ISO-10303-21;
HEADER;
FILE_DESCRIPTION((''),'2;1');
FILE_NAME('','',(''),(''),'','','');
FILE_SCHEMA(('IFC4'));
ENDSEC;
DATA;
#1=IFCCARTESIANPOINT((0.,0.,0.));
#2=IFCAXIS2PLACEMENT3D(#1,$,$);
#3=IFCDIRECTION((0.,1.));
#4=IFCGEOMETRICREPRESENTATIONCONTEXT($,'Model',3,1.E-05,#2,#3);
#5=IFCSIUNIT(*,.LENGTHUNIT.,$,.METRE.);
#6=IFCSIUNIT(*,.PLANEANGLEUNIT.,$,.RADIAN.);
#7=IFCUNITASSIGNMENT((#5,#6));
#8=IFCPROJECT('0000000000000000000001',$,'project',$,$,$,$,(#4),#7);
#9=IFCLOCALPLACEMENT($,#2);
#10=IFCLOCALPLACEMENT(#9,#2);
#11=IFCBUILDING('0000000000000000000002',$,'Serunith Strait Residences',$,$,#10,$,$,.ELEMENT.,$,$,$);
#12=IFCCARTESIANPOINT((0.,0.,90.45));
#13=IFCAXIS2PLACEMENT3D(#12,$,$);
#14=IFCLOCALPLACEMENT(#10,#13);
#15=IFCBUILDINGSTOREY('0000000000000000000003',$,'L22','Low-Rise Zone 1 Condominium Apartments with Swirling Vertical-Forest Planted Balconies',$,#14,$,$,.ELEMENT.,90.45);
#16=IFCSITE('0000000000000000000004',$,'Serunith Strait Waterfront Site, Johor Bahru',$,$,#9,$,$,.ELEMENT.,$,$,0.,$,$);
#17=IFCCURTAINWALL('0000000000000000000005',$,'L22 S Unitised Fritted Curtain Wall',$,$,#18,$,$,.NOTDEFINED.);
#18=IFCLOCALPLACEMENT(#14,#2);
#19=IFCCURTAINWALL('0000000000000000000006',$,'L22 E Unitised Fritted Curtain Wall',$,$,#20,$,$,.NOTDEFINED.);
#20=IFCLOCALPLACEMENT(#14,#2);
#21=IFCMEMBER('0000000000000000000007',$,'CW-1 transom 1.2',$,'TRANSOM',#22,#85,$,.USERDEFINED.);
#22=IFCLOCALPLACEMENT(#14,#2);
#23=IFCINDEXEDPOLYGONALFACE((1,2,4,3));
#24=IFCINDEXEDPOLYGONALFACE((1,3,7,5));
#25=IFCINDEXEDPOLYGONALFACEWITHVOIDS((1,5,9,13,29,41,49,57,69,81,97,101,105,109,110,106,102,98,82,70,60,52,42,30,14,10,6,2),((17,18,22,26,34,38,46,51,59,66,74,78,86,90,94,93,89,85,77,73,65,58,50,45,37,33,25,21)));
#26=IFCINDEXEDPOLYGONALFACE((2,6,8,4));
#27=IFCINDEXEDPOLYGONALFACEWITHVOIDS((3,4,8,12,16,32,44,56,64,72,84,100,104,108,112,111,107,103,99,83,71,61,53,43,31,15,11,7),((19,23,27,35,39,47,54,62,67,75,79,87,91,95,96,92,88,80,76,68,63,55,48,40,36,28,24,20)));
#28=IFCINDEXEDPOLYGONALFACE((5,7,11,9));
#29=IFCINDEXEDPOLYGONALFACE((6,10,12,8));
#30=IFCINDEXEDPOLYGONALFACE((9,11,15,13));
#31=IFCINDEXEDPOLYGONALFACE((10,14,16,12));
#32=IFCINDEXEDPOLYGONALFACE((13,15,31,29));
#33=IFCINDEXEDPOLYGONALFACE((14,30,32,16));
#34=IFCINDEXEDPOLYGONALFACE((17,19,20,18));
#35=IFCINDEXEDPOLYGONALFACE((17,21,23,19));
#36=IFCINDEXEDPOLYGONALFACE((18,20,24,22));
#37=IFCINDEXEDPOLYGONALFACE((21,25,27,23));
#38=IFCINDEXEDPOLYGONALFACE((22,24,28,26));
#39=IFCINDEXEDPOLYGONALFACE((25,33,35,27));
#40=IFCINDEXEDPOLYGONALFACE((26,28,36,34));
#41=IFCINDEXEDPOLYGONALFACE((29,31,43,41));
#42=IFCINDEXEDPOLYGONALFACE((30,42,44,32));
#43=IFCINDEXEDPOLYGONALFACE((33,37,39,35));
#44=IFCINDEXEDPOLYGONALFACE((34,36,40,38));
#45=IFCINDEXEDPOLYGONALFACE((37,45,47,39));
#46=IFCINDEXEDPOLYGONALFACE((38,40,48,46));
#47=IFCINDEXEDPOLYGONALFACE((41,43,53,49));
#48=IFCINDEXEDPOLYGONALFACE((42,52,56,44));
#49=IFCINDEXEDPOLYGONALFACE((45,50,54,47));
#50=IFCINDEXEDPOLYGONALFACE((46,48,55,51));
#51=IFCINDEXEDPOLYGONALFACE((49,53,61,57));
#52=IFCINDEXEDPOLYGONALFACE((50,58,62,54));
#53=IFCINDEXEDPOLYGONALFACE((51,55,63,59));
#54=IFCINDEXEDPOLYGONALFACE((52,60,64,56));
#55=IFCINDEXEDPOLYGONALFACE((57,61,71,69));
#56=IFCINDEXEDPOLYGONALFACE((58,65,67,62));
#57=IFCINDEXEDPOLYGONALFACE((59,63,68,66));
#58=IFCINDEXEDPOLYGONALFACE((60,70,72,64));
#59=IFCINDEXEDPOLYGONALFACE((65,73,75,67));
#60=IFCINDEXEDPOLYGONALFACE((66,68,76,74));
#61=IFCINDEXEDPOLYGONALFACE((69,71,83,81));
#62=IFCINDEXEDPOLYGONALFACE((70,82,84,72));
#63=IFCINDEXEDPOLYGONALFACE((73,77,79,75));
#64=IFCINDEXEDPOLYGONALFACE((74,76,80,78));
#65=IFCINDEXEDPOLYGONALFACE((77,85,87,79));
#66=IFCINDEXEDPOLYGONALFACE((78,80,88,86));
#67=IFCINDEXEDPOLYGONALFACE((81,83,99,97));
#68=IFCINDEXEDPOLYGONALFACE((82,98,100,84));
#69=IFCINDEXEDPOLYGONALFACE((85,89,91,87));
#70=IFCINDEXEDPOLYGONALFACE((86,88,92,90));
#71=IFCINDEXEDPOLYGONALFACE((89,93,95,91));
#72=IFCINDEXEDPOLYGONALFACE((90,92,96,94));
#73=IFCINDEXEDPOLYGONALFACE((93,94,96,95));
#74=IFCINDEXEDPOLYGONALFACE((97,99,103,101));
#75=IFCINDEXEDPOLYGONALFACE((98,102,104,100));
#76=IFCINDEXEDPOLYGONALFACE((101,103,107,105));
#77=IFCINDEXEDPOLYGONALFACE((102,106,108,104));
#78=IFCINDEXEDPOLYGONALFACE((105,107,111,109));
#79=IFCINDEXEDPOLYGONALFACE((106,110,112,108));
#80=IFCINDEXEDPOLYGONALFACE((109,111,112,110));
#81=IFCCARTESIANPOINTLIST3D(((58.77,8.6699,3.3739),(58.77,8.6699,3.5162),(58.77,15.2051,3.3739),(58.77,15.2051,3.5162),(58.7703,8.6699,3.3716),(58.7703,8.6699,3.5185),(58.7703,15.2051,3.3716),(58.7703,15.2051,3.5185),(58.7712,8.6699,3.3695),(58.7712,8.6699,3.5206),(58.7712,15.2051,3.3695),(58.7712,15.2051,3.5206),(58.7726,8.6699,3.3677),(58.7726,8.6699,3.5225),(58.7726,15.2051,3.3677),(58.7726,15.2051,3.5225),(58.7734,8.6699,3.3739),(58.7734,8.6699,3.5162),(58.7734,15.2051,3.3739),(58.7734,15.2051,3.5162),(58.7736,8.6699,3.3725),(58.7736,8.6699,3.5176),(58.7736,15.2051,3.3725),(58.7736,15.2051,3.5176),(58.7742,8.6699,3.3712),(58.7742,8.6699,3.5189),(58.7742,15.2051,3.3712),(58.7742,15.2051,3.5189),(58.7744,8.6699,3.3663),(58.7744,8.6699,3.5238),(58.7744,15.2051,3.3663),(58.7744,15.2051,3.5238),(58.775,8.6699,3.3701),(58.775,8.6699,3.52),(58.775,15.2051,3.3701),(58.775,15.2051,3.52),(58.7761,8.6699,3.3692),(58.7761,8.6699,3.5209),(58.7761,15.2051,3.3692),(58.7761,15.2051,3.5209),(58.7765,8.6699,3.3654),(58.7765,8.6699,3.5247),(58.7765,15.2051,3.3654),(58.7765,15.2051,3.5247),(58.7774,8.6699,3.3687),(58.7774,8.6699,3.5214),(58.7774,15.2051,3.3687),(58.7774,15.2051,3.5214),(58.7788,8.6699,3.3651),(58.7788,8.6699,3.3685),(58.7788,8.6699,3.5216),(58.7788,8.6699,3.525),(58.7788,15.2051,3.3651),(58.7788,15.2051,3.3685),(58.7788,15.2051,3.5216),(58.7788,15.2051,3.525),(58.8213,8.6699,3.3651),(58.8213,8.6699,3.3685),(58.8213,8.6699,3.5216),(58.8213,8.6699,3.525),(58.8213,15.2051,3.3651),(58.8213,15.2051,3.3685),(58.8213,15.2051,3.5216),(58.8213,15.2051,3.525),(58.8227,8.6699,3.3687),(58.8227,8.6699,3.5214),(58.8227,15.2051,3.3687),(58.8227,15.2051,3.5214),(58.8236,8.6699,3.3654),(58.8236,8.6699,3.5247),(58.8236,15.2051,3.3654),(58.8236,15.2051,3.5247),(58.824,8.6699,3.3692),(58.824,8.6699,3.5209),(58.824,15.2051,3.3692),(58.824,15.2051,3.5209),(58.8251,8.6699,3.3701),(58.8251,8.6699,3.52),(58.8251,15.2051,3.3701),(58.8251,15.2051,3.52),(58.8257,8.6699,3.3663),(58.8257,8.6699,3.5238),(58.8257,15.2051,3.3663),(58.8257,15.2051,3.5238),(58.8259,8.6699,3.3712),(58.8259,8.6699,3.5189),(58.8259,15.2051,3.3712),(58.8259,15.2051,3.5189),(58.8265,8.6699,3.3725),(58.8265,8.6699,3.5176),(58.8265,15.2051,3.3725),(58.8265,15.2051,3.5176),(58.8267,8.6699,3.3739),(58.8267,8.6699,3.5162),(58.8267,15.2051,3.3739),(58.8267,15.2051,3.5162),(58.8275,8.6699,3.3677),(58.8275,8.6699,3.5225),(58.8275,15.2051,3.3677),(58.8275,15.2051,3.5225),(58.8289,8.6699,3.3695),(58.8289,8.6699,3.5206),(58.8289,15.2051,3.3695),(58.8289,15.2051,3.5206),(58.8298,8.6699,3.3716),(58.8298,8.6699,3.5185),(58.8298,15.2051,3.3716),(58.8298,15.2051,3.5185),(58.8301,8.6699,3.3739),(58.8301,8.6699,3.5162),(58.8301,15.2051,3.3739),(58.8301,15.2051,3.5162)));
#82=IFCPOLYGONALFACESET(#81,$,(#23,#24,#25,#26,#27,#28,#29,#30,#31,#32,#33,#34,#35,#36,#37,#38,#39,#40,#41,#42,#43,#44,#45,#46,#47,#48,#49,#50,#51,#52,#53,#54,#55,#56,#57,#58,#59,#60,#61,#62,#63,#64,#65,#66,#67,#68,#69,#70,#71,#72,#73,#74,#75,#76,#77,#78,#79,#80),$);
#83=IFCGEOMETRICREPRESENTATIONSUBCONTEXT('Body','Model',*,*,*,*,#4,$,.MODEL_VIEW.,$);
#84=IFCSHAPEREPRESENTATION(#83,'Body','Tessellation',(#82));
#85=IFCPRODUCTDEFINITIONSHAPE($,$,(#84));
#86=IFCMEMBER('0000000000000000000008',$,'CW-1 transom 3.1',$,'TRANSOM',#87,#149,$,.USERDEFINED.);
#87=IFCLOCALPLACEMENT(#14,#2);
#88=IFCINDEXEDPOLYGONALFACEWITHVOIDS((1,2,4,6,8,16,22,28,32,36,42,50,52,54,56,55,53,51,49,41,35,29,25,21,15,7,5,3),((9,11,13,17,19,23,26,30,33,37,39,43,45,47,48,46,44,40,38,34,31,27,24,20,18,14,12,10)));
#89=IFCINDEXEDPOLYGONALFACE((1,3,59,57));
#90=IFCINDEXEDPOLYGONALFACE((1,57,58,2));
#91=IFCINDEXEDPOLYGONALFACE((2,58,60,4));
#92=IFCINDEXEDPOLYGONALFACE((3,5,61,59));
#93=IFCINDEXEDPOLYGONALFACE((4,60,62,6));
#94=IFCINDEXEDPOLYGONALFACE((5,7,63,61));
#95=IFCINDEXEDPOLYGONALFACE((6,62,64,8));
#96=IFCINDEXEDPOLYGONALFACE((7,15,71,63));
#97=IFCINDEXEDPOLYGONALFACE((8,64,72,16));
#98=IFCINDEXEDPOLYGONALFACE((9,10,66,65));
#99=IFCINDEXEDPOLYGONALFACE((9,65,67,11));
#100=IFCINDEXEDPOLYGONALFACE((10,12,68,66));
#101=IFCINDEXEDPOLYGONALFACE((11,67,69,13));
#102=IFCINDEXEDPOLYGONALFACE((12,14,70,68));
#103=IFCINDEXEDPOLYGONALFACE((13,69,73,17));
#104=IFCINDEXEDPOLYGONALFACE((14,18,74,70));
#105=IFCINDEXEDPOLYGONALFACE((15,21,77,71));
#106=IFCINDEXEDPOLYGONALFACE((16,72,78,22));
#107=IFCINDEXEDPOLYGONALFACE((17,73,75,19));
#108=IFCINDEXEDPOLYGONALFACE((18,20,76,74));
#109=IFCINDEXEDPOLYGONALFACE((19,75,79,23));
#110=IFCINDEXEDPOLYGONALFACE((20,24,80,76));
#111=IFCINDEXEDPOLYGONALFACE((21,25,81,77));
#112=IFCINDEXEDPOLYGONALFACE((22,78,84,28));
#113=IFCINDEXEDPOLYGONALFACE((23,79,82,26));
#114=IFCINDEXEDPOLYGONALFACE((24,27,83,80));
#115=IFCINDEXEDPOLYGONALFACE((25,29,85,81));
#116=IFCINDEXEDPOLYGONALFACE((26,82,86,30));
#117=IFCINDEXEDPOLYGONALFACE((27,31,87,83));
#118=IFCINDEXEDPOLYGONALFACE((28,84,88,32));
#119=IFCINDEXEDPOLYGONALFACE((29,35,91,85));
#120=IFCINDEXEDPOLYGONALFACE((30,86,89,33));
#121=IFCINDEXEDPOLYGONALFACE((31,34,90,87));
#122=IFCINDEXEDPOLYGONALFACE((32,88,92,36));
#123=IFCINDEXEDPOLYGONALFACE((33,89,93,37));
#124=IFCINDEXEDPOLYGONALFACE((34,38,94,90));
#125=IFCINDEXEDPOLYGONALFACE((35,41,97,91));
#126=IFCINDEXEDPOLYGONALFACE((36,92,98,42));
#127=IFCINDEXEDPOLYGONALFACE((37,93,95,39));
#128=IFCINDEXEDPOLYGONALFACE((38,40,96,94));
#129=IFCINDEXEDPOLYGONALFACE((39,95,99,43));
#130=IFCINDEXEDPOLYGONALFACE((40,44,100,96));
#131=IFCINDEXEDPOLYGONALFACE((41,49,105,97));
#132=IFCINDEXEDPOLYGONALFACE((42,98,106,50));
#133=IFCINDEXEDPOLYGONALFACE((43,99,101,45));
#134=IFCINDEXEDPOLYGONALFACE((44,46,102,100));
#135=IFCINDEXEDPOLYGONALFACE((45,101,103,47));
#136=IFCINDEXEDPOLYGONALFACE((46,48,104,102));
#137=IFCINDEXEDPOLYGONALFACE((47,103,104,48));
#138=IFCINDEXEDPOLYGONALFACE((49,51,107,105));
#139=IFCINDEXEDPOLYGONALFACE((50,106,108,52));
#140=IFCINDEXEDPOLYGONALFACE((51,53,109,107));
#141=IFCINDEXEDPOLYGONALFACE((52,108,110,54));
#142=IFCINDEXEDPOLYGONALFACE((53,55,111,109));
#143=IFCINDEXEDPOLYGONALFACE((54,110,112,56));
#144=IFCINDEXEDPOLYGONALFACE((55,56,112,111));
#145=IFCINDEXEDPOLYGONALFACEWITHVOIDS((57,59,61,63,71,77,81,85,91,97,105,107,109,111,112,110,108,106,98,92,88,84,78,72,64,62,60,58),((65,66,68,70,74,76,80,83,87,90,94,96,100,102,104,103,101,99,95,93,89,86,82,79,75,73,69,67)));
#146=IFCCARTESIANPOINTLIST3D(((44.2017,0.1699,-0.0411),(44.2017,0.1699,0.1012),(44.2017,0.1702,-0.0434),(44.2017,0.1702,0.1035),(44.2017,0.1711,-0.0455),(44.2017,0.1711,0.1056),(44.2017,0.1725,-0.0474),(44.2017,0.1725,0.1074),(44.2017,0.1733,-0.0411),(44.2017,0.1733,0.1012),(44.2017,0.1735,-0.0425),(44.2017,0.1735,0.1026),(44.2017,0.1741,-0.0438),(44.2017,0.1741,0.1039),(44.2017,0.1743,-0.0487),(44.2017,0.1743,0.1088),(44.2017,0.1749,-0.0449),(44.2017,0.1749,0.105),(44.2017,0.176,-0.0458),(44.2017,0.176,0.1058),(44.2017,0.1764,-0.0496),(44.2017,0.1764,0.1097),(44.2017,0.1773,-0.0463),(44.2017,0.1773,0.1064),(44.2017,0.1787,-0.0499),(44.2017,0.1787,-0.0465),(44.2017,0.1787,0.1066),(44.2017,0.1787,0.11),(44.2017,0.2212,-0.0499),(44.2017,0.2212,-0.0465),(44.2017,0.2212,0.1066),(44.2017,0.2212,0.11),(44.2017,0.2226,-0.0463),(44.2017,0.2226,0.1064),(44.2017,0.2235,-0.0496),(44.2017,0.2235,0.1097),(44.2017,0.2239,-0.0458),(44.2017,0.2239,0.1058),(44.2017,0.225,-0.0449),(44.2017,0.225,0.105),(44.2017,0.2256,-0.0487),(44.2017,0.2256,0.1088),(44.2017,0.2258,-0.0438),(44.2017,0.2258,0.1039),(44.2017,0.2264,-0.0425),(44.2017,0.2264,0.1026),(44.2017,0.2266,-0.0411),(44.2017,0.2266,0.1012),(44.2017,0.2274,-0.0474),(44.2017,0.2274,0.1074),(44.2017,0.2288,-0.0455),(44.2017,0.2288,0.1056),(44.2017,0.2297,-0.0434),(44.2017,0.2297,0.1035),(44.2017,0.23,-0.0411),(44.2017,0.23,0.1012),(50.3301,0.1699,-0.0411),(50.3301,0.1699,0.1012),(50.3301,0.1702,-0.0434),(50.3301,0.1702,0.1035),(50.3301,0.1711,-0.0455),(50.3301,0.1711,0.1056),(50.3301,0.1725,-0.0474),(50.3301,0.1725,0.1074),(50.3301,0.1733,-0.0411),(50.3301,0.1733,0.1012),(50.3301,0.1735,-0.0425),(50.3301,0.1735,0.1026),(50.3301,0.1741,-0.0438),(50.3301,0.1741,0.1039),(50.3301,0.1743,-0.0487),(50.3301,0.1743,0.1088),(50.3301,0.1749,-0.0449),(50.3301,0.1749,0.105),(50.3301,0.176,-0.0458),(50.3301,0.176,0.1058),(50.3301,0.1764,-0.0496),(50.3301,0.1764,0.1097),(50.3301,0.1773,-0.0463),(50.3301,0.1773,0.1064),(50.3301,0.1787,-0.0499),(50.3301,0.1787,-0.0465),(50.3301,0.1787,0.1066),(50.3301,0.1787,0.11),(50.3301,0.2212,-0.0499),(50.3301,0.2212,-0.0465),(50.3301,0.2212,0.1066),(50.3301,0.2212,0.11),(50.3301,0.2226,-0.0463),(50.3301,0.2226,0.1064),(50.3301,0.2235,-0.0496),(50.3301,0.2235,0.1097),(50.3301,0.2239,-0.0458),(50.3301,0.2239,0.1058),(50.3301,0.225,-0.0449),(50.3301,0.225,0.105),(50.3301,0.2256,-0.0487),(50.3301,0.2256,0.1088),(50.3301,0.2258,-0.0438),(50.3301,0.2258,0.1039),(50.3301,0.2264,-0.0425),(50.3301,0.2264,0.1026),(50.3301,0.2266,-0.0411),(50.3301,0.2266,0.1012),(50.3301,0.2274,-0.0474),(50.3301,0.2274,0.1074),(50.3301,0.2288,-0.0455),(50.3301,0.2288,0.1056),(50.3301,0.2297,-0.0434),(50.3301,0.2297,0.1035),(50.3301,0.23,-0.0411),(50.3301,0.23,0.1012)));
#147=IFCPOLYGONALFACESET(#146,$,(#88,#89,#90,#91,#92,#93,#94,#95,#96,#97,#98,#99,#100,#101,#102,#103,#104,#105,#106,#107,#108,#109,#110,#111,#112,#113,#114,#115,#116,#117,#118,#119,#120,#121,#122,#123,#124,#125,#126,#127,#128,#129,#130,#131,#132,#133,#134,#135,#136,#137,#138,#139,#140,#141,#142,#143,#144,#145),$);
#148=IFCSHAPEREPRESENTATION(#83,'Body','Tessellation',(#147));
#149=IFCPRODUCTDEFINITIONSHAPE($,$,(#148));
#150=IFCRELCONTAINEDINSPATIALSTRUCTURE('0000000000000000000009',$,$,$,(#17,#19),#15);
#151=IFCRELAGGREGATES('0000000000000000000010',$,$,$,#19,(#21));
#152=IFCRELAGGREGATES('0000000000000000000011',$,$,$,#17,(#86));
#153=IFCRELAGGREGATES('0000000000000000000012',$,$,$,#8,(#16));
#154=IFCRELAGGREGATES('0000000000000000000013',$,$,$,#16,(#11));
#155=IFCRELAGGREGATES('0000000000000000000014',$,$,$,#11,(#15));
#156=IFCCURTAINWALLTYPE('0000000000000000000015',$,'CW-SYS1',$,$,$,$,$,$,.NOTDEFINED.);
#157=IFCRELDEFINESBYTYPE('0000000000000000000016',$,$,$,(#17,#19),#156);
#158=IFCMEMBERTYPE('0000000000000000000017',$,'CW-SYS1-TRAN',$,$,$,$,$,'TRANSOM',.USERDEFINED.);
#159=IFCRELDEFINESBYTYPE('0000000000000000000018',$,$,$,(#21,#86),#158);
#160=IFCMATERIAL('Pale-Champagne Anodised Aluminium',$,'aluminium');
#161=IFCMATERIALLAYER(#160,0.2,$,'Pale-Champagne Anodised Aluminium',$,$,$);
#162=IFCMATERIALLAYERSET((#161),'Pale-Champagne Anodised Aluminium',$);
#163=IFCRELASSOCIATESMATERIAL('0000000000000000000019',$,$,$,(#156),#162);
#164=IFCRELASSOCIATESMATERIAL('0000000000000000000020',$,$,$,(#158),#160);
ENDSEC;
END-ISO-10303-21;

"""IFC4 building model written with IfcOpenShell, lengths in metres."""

from ifc_helpers import new_model, si_unit, direction, frame, origin, origin_2d, place, context, subcontext, project, spatial, hollow_rectangle, extrude, source, transform, mapped, material, layer, layer_set, material_profile, profile_set, type_object, element, aggregate, save


model = new_model("IFC4")

# Units and contexts
model_context = context("Model", 3, precision=1e-05, world=origin(), true_north=direction((0.0, 1.0)))
body_context = subcontext(model_context, "Body", "Model", "MODEL_VIEW")
ifc_project = project(units=[si_unit("LENGTHUNIT", "METRE"), si_unit("PLANEANGLEUNIT", "RADIAN")], contexts=[model_context])

# Site, building, storey
site_placement = place(None, origin())
site = spatial("IfcSite", under=ifc_project, at=site_placement, Name="Serunith Strait Waterfront Site, Johor Bahru", CompositionType="ELEMENT", RefElevation=0.0)
building_placement = place(site_placement, origin())
building = spatial("IfcBuilding", under=site, at=building_placement, Name="Serunith Strait Residences", CompositionType="ELEMENT")
storey_placement = place(building_placement, frame((0.0, 0.0, 90.45)))
storey = spatial("IfcBuildingStorey", under=building, at=storey_placement, Name="L22", Description="Low-Rise Zone 1 Condominium Apartments with Swirling Vertical-Forest Planted Balconies", CompositionType="ELEMENT", Elevation=90.45)

# Curtain walls, member
ifc_material_1 = material(Name="Pale-Champagne Anodised Aluminium", Category="aluminium")
ifc_layer_1 = layer(ifc_material_1, 0.2, Name="Pale-Champagne Anodised Aluminium")
ifc_layer_set_1 = layer_set([ifc_layer_1], Name="Pale-Champagne Anodised Aluminium")
curtain_wall_type = type_object("IfcCurtainWallType", Name="CW-SYS1", PredefinedType="NOTDEFINED", material=ifc_layer_set_1)
curtain_wall_1_placement = place(storey_placement, origin())
curtain_wall_1 = element("IfcCurtainWall", 1, at=curtain_wall_1_placement, inside=storey, type_object=curtain_wall_type, Name="L22 S Unitised Fritted Curtain Wall", PredefinedType="NOTDEFINED")
curtain_wall_2_placement = place(storey_placement, origin())
curtain_wall_2 = element("IfcCurtainWall", 2, at=curtain_wall_2_placement, inside=storey, type_object=curtain_wall_type, Name="L22 E Unitised Fritted Curtain Wall", PredefinedType="NOTDEFINED")
ifc_material_profile_1 = material_profile(ifc_material_1, hollow_rectangle(XDim=0.0601, YDim=0.1599, WallThickness=0.0034, InnerFilletRadius=0.0054, OuterFilletRadius=0.0088, at=origin_2d()), Name="ALU 160x60x3.5")
ifc_profile_set_1 = profile_set([ifc_material_profile_1], Name="Pale-Champagne Anodised Aluminium")
member_type_1 = type_object("IfcMemberType", Name="CW-SYS1-TRAN", ElementType="TRANSOM", PredefinedType="USERDEFINED", material=ifc_profile_set_1)
shared_shape_1 = source(origin(), body_context, "Body", "SweptSolid", [
    extrude(hollow_rectangle(XDim=0.0601, YDim=0.1599, WallThickness=0.0034, InnerFilletRadius=0.0054, OuterFilletRadius=0.0088, at=origin_2d()), origin(), (0.0, 0.0, 1.0), 6.5352),
])
member_1_placement = place(storey_placement, frame((58.8, 8.6699, 3.4451), z_axis=(0.0, 1.0, 0.0), x_axis=(-1.0, 0.0, 0.0)))
member_1 = element("IfcMember", 3, at=member_1_placement, type_object=member_type_1, Name="CW-1 transom 1.2", ObjectType="TRANSOM", PredefinedType="USERDEFINED", context=body_context, shape_type="MappedRepresentation", body=[
    mapped(shared_shape_1, transform((0.0, 0.0, 0.0), scale=1.0)),
])

# Member
shared_shape_2 = source(origin(), body_context, "Body", "SweptSolid", [
    extrude(hollow_rectangle(XDim=0.0601, YDim=0.1599, WallThickness=0.0034, InnerFilletRadius=0.0054, OuterFilletRadius=0.0088, at=origin_2d()), origin(), (0.0, 0.0, 1.0), 6.1284),
])
member_2_placement = place(storey_placement, frame((44.2017, 0.2, 0.03), z_axis=(1.0, 0.0, 0.0), x_axis=(0.0, 1.0, 0.0)))
member_2 = element("IfcMember", 4, at=member_2_placement, type_object=member_type_1, Name="CW-1 transom 3.1", ObjectType="TRANSOM", PredefinedType="USERDEFINED", context=body_context, shape_type="MappedRepresentation", body=[
    mapped(shared_shape_2, transform((0.0, 0.0, 0.0), scale=1.0)),
])

aggregate(curtain_wall_2, [member_1])
aggregate(curtain_wall_1, [member_2])

save(model, "model.ifc")
